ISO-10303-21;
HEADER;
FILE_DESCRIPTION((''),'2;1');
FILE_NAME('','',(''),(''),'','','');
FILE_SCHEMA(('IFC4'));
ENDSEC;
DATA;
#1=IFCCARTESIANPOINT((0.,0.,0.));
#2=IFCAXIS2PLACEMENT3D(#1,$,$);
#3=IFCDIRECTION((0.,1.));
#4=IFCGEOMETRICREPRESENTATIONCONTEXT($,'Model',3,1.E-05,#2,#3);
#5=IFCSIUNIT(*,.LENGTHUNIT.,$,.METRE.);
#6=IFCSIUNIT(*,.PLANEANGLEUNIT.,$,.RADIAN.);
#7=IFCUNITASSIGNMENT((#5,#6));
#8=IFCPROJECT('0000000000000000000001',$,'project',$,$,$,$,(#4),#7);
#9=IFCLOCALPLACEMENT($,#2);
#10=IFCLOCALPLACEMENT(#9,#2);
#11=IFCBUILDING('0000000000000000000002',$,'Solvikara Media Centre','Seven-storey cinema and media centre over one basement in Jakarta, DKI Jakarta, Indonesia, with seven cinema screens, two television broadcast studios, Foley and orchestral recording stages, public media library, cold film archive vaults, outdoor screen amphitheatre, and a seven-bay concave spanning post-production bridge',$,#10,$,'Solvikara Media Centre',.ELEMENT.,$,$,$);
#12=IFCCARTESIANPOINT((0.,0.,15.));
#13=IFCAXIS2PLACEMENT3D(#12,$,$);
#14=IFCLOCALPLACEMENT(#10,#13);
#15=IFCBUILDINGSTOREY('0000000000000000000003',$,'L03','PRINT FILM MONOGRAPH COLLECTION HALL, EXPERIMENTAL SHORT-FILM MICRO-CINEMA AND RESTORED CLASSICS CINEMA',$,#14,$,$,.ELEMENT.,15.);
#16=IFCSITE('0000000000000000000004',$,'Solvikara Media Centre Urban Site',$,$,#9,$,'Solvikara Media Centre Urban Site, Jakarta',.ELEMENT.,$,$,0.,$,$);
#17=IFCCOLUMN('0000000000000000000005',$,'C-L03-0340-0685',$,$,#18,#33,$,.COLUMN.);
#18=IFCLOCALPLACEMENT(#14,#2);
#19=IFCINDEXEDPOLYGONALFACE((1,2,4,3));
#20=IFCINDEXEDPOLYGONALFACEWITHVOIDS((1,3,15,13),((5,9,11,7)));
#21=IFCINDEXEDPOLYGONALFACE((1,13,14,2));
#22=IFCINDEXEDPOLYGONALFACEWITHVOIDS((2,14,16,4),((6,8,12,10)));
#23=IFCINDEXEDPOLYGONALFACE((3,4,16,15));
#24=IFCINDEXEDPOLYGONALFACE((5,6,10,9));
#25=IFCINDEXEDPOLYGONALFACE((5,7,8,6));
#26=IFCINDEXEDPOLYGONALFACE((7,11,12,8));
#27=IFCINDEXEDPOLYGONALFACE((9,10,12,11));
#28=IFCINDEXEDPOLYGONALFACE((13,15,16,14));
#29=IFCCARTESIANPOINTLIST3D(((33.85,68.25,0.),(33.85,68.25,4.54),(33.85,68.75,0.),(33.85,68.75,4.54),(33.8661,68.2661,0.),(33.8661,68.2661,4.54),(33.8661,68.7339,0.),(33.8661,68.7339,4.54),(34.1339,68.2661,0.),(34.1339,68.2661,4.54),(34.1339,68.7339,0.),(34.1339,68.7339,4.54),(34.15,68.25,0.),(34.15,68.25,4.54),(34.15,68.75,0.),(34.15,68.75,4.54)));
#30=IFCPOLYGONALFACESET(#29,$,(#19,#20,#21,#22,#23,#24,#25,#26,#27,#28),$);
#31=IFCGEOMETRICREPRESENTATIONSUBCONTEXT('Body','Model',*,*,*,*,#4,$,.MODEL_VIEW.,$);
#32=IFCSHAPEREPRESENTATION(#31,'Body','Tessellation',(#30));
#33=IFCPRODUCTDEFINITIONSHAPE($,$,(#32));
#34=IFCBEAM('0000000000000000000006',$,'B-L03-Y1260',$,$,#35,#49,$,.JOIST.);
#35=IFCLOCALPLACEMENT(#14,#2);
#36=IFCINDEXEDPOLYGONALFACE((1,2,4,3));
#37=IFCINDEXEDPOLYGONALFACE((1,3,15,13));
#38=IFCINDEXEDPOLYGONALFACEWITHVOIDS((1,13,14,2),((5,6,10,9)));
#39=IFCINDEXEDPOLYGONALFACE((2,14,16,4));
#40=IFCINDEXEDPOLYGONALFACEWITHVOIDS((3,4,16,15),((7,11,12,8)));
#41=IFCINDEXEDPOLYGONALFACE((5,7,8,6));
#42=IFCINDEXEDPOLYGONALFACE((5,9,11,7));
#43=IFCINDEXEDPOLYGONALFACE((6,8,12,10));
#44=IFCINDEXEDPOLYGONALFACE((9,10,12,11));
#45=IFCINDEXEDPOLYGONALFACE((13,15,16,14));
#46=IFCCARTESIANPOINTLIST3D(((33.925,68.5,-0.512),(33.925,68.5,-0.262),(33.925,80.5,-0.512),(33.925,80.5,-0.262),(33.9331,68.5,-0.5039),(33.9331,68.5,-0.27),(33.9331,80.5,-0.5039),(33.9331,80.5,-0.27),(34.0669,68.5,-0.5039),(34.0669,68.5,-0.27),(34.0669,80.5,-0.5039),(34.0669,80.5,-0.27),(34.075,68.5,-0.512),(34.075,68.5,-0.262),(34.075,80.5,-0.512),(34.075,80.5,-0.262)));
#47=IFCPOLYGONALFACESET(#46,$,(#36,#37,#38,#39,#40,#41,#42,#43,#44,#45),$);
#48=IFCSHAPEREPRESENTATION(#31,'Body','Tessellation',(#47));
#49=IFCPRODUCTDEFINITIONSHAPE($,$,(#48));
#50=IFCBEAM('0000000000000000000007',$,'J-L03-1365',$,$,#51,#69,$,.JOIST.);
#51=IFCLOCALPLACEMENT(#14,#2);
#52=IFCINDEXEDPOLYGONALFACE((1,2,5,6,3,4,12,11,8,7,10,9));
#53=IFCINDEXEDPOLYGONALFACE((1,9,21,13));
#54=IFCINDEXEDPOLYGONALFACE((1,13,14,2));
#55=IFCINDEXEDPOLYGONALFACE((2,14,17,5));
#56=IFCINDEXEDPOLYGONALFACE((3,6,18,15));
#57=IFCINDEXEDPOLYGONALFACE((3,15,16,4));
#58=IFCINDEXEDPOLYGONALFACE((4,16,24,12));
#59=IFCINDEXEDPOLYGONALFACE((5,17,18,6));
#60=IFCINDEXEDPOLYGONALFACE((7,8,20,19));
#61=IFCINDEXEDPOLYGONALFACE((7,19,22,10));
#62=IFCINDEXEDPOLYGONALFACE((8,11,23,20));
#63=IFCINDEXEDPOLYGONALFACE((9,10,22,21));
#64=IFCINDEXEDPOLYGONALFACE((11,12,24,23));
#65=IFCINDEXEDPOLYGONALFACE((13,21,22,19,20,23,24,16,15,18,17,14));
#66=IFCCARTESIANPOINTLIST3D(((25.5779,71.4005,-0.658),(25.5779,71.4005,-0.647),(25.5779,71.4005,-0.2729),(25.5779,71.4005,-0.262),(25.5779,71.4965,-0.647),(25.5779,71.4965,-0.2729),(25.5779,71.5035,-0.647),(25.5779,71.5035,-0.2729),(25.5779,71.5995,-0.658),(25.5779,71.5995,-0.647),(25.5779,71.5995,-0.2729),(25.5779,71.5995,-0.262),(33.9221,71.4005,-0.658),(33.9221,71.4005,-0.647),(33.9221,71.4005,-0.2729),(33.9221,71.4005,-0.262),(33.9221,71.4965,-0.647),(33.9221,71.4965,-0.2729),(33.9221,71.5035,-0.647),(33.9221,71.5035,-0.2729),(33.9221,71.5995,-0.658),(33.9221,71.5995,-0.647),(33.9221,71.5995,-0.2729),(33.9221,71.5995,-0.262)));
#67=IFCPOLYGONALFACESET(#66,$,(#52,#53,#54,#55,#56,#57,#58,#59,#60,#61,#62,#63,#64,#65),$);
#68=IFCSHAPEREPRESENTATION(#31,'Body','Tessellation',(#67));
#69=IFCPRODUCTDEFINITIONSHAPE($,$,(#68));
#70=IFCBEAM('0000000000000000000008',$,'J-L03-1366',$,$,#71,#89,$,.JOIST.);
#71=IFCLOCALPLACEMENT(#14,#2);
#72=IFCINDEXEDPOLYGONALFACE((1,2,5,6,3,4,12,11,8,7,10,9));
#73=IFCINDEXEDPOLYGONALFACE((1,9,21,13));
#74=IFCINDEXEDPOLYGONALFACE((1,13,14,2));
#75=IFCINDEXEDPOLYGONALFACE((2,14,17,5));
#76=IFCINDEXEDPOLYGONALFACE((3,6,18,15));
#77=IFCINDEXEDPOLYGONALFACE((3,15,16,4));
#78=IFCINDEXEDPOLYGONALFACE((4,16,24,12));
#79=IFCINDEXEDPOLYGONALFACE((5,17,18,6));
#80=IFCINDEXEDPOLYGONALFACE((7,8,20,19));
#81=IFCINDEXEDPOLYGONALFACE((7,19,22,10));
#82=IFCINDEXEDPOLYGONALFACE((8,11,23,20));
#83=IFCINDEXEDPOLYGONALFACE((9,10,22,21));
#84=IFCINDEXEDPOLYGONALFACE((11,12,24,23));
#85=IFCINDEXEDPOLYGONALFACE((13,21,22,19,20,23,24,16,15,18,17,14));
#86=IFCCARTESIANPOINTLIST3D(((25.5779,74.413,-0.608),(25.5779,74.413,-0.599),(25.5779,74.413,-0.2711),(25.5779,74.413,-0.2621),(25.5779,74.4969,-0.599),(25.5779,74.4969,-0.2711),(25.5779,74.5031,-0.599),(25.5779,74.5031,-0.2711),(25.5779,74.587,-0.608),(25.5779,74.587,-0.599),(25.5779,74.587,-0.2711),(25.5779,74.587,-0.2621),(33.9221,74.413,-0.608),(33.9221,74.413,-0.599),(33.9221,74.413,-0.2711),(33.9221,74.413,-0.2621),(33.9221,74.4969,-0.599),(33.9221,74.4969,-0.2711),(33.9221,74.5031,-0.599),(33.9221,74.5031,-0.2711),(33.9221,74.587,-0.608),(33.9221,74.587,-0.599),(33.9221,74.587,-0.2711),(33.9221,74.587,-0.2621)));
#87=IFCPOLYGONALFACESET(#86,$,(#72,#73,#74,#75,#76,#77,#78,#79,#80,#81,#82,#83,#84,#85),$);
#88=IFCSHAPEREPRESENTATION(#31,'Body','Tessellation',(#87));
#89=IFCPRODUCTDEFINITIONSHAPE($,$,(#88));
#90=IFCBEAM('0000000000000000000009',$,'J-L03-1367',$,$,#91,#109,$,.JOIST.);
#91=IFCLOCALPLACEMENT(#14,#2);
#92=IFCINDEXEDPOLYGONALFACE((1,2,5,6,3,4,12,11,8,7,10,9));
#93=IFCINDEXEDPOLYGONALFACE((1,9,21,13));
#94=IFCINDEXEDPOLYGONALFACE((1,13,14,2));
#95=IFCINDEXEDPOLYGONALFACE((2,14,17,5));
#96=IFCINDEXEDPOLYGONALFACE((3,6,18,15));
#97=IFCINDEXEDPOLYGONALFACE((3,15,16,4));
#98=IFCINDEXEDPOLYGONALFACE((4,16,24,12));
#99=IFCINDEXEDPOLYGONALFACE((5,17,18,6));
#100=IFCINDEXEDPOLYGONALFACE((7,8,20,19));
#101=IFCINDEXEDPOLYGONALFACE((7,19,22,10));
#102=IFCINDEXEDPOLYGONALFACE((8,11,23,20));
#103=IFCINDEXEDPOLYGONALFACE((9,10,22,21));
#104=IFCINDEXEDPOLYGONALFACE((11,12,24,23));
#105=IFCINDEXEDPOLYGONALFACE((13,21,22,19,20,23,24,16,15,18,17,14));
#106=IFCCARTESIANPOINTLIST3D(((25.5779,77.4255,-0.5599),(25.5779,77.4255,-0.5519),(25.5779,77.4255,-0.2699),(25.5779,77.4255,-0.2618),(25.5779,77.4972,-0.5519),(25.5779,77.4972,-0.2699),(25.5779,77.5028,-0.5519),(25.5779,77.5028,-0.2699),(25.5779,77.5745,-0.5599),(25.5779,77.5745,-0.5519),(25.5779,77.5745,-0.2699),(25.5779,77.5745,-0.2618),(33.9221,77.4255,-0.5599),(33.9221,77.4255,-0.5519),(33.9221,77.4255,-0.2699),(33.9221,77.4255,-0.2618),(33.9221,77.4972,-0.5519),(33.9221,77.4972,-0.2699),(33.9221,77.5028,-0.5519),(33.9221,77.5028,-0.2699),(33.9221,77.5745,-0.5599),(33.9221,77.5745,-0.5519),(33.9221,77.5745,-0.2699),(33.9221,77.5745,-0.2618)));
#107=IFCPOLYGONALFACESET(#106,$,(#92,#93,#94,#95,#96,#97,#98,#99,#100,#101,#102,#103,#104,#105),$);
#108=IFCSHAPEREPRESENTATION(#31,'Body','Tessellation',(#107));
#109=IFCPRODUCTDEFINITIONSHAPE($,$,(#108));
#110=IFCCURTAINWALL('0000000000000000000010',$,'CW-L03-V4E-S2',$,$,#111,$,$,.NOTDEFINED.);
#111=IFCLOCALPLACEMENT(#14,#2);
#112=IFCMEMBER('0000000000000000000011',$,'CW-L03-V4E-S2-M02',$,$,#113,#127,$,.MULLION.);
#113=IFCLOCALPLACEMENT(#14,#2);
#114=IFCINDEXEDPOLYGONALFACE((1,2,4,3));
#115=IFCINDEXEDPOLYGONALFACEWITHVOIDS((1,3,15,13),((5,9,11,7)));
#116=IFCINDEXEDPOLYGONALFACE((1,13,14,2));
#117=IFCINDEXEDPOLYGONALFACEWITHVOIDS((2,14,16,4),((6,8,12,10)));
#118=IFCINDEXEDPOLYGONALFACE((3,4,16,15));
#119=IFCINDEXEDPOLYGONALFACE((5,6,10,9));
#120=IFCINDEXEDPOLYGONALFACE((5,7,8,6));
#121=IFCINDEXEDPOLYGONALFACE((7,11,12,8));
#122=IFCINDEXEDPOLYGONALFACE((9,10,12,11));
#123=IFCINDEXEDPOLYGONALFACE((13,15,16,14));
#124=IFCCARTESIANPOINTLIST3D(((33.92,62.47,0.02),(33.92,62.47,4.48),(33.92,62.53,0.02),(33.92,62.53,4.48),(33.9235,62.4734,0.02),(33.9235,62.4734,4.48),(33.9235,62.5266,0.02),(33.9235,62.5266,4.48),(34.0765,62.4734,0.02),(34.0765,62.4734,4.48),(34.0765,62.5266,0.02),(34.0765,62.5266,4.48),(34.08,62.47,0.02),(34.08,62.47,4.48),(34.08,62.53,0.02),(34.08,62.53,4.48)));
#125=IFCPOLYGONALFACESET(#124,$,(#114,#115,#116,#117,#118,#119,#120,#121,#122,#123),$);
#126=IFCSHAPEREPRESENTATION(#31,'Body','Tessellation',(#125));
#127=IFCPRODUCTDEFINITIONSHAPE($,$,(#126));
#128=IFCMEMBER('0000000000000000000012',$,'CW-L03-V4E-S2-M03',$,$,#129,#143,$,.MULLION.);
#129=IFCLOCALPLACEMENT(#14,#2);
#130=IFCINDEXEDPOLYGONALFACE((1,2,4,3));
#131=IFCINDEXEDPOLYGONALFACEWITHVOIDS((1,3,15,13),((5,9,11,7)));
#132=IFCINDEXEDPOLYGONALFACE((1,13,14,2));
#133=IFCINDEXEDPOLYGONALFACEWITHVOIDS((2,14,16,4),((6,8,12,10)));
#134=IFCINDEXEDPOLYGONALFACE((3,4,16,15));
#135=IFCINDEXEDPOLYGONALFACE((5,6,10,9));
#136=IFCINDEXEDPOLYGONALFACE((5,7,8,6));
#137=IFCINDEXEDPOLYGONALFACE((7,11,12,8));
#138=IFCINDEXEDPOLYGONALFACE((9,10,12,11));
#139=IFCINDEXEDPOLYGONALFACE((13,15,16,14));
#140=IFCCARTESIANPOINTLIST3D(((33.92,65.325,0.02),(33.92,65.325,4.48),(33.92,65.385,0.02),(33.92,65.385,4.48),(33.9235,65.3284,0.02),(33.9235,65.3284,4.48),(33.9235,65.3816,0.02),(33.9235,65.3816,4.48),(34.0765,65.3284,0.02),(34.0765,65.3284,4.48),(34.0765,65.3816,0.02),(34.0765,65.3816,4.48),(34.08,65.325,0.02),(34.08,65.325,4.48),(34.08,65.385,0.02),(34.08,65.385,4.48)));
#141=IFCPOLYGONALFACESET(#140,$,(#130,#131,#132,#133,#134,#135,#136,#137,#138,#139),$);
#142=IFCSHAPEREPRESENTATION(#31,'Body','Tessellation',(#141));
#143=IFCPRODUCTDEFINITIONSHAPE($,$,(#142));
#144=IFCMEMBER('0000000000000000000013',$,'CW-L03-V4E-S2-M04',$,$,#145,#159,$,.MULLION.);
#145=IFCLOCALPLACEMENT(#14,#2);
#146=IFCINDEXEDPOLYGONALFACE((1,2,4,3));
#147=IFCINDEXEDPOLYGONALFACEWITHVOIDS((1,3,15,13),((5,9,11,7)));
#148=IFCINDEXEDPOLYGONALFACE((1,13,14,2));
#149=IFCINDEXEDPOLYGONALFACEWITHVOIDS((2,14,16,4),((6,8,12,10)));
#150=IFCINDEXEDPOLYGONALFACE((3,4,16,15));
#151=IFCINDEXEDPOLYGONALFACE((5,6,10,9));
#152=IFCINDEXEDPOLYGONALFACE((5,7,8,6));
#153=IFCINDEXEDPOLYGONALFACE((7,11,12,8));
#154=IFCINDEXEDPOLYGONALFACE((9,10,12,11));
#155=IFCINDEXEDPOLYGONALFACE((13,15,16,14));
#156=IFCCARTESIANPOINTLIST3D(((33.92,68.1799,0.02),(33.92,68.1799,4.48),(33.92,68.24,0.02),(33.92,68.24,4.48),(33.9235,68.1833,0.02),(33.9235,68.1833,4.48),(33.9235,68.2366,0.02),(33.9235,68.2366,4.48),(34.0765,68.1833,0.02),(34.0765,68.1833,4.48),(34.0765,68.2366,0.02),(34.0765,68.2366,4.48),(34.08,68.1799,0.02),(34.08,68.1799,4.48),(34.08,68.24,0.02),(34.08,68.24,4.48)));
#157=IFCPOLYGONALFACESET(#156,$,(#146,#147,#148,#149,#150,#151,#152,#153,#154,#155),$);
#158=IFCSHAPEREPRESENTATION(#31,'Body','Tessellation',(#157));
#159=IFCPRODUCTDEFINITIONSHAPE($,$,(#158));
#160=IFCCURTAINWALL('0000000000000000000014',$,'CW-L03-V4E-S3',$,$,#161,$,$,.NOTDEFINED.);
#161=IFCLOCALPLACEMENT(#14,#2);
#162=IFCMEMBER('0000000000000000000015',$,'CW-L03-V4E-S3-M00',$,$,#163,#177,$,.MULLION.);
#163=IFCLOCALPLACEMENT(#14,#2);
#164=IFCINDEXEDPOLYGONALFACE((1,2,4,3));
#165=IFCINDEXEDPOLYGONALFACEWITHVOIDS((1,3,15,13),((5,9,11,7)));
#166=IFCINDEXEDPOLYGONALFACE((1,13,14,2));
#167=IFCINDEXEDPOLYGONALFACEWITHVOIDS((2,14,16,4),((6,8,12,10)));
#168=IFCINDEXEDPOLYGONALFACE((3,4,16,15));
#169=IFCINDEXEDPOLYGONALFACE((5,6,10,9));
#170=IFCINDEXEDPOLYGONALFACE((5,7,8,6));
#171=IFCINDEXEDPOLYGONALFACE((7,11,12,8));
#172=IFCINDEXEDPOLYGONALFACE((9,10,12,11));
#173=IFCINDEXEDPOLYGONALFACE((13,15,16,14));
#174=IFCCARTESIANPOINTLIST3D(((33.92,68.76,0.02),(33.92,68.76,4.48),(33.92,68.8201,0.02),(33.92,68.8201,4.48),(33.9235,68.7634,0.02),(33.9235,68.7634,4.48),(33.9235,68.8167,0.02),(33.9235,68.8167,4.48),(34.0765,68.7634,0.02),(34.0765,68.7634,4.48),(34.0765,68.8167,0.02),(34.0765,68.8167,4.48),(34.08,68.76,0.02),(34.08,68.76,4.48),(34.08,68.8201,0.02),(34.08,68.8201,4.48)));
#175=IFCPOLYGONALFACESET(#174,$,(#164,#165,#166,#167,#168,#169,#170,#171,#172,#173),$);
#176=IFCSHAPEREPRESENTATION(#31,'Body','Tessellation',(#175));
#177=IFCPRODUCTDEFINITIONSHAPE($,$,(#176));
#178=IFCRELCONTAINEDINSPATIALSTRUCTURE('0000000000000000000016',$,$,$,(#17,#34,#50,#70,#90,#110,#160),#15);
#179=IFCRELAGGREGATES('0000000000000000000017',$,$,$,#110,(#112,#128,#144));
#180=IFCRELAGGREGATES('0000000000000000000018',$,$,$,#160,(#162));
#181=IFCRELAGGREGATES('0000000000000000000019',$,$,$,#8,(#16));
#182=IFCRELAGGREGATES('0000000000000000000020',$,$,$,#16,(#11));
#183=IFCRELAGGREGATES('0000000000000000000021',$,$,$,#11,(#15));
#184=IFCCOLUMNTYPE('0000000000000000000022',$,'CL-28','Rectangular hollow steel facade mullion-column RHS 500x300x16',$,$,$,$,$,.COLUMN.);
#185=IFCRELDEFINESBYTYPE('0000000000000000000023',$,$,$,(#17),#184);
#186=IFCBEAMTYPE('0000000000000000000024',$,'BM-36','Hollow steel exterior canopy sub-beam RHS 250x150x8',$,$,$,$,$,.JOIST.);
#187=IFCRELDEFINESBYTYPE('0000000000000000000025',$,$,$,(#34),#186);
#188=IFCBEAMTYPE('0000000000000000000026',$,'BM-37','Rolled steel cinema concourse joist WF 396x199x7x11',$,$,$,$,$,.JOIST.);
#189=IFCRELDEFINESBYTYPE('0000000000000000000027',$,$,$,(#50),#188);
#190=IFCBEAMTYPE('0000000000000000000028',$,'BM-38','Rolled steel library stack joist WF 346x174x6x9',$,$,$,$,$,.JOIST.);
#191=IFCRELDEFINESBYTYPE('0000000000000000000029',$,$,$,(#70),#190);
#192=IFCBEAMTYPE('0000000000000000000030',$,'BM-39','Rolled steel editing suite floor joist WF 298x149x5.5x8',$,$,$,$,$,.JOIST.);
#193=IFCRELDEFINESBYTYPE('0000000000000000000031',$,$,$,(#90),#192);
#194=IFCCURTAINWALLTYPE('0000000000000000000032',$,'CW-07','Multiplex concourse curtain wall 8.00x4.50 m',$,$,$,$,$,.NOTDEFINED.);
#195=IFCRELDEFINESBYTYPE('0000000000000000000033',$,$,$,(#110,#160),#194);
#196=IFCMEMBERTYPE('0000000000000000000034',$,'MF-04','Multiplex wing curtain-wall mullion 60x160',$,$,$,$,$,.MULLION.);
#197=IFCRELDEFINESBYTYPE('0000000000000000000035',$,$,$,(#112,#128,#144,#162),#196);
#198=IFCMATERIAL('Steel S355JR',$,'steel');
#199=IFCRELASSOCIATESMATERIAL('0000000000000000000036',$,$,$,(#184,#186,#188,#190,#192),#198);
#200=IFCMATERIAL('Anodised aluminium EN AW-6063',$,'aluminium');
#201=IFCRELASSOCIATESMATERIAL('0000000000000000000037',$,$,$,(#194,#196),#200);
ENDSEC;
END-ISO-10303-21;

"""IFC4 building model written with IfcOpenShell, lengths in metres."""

from ifc_helpers import new_model, si_unit, direction, frame, origin, origin_2d, place, context, subcontext, project, spatial, hollow_rectangle, i_section, extrude, material, material_profile, profile_set, type_object, element, aggregate, save


model = new_model("IFC4")

# Units and contexts
model_context = context("Model", 3, precision=1e-05, world=origin(), true_north=direction((0.0, 1.0)))
body_context = subcontext(model_context, "Body", "Model", "MODEL_VIEW")
ifc_project = project(units=[si_unit("LENGTHUNIT", "METRE"), si_unit("PLANEANGLEUNIT", "RADIAN")], contexts=[model_context])

# Site, building, storey
site_placement = place(None, origin())
site = spatial("IfcSite", under=ifc_project, at=site_placement, Name="Solvikara Media Centre Urban Site", LongName="Solvikara Media Centre Urban Site, Jakarta", CompositionType="ELEMENT", RefElevation=0.0)
building_placement = place(site_placement, origin())
building = spatial("IfcBuilding", under=site, at=building_placement, Name="Solvikara Media Centre", Description="Seven-storey cinema and media centre over one basement in Jakarta, DKI Jakarta, Indonesia, with seven cinema screens, two television broadcast studios, Foley and orchestral recording stages, public media library, cold film archive vaults, outdoor screen amphitheatre, and a seven-bay concave spanning post-production bridge", LongName="Solvikara Media Centre", CompositionType="ELEMENT")
storey_placement = place(building_placement, frame((0.0, 0.0, 15.0)))
storey = spatial("IfcBuildingStorey", under=building, at=storey_placement, Name="L03", Description="PRINT FILM MONOGRAPH COLLECTION HALL, EXPERIMENTAL SHORT-FILM MICRO-CINEMA AND RESTORED CLASSICS CINEMA", CompositionType="ELEMENT", Elevation=15.0)

# Column
ifc_material_1 = material(Name="Steel S355JR", Category="steel")
ifc_material_profile_1 = material_profile(ifc_material_1, hollow_rectangle(XDim=0.3, YDim=0.5, WallThickness=0.0161, at=origin_2d()), Name="RHS 500x300x16")
ifc_profile_set_1 = profile_set([ifc_material_profile_1], Name="Steel S355JR")
column_type = type_object("IfcColumnType", Name="CL-28", Description="Rectangular hollow steel facade mullion-column RHS 500x300x16", PredefinedType="COLUMN", material=ifc_profile_set_1)
column_placement = place(storey_placement, frame((34.0, 68.5, 0.0), z_axis=(0.0, 0.0, 1.0), x_axis=(1.0, 0.0, 0.0)))
element("IfcColumn", 1, at=column_placement, inside=storey, type_object=column_type, Name="C-L03-0340-0685", PredefinedType="COLUMN", context=body_context, shape_type="SweptSolid", body=[
    extrude(hollow_rectangle(XDim=0.3, YDim=0.5, WallThickness=0.0161, at=origin_2d()), origin(), (0.0, 0.0, 1.0), 4.54),
])

# Beams
ifc_material_profile_2 = material_profile(ifc_material_1, hollow_rectangle(XDim=0.1499, YDim=0.25, WallThickness=0.0081, at=origin_2d()), Name="RHS 250x150x8")
ifc_profile_set_2 = profile_set([ifc_material_profile_2], Name="Steel S355JR")
beam_type_1 = type_object("IfcBeamType", Name="BM-36", Description="Hollow steel exterior canopy sub-beam RHS 250x150x8", PredefinedType="JOIST", material=ifc_profile_set_2)
beam_1_placement = place(storey_placement, frame((34.0, 68.5, -0.387), z_axis=(0.0, 1.0, 0.0), x_axis=(-1.0, 0.0, 0.0)))
element("IfcBeam", 2, at=beam_1_placement, inside=storey, type_object=beam_type_1, Name="B-L03-Y1260", PredefinedType="JOIST", context=body_context, shape_type="SweptSolid", body=[
    extrude(hollow_rectangle(XDim=0.1499, YDim=0.25, WallThickness=0.0081, at=origin_2d()), origin(), (0.0, 0.0, 1.0), 12.0),
])
ifc_material_profile_3 = material_profile(ifc_material_1, i_section(OverallWidth=0.199, OverallDepth=0.396, WebThickness=0.0071, FlangeThickness=0.011, at=origin_2d()), Name="WF 396x199x7x11")
ifc_profile_set_3 = profile_set([ifc_material_profile_3], Name="Steel S355JR")
beam_type_2 = type_object("IfcBeamType", Name="BM-37", Description="Rolled steel cinema concourse joist WF 396x199x7x11", PredefinedType="JOIST", material=ifc_profile_set_3)
beam_2_placement = place(storey_placement, frame((25.5779, 71.5, -0.46), z_axis=(1.0, 0.0, 0.0), x_axis=(0.0, 1.0, 0.0)))
element("IfcBeam", 3, at=beam_2_placement, inside=storey, type_object=beam_type_2, Name="J-L03-1365", PredefinedType="JOIST", context=body_context, shape_type="SweptSolid", body=[
    extrude(i_section(OverallWidth=0.199, OverallDepth=0.396, WebThickness=0.0071, FlangeThickness=0.011, at=origin_2d()), origin(), (0.0, 0.0, 1.0), 8.3442),
])
ifc_material_profile_4 = material_profile(ifc_material_1, i_section(OverallWidth=0.1741, OverallDepth=0.3459, WebThickness=0.0061, FlangeThickness=0.009, at=origin_2d()), Name="WF 346x174x6x9")
ifc_profile_set_4 = profile_set([ifc_material_profile_4], Name="Steel S355JR")
beam_type_3 = type_object("IfcBeamType", Name="BM-38", Description="Rolled steel library stack joist WF 346x174x6x9", PredefinedType="JOIST", material=ifc_profile_set_4)
beam_3_placement = place(storey_placement, frame((25.5779, 74.5, -0.4351), z_axis=(1.0, 0.0, 0.0), x_axis=(0.0, 1.0, 0.0)))
element("IfcBeam", 4, at=beam_3_placement, inside=storey, type_object=beam_type_3, Name="J-L03-1366", PredefinedType="JOIST", context=body_context, shape_type="SweptSolid", body=[
    extrude(i_section(OverallWidth=0.1741, OverallDepth=0.3459, WebThickness=0.0061, FlangeThickness=0.009, at=origin_2d()), origin(), (0.0, 0.0, 1.0), 8.3442),
])
ifc_material_profile_5 = material_profile(ifc_material_1, i_section(OverallWidth=0.1489, OverallDepth=0.2981, WebThickness=0.0056, FlangeThickness=0.0081, at=origin_2d()), Name="WF 298x149x5.5x8")
ifc_profile_set_5 = profile_set([ifc_material_profile_5], Name="Steel S355JR")
beam_type_4 = type_object("IfcBeamType", Name="BM-39", Description="Rolled steel editing suite floor joist WF 298x149x5.5x8", PredefinedType="JOIST", material=ifc_profile_set_5)
beam_4_placement = place(storey_placement, frame((25.5779, 77.5, -0.4109), z_axis=(1.0, 0.0, 0.0), x_axis=(0.0, 1.0, 0.0)))
element("IfcBeam", 5, at=beam_4_placement, inside=storey, type_object=beam_type_4, Name="J-L03-1367", PredefinedType="JOIST", context=body_context, shape_type="SweptSolid", body=[
    extrude(i_section(OverallWidth=0.1489, OverallDepth=0.2981, WebThickness=0.0056, FlangeThickness=0.0081, at=origin_2d()), origin(), (0.0, 0.0, 1.0), 8.3442),
])

# Curtain walls, members
ifc_material_2 = material(Name="Anodised aluminium EN AW-6063", Category="aluminium")
curtain_wall_type = type_object("IfcCurtainWallType", Name="CW-07", Description="Multiplex concourse curtain wall 8.00x4.50 m", PredefinedType="NOTDEFINED", material=ifc_material_2)
curtain_wall_1_placement = place(storey_placement, origin())
curtain_wall_1 = element("IfcCurtainWall", 6, at=curtain_wall_1_placement, inside=storey, type_object=curtain_wall_type, Name="CW-L03-V4E-S2", PredefinedType="NOTDEFINED")
ifc_material_profile_6 = material_profile(ifc_material_2, hollow_rectangle(XDim=0.0601, YDim=0.1599, WallThickness=0.0034, at=origin_2d()), Name="ALU-M 60x160x3.5")
ifc_profile_set_6 = profile_set([ifc_material_profile_6], Name="Anodised aluminium EN AW-6063")
member_type_1 = type_object("IfcMemberType", Name="MF-04", Description="Multiplex wing curtain-wall mullion 60x160", PredefinedType="MULLION", material=ifc_profile_set_6)
member_1_placement = place(storey_placement, frame((34.0, 62.5, 0.02), z_axis=(0.0, 0.0, 1.0), x_axis=(0.0, 1.0, 0.0)))
member_1 = element("IfcMember", 7, at=member_1_placement, type_object=member_type_1, Name="CW-L03-V4E-S2-M02", PredefinedType="MULLION", context=body_context, shape_type="SweptSolid", body=[
    extrude(hollow_rectangle(XDim=0.0601, YDim=0.1599, WallThickness=0.0034, at=origin_2d()), origin(), (0.0, 0.0, 1.0), 4.46),
])
member_2_placement = place(storey_placement, frame((34.0, 65.355, 0.02), z_axis=(0.0, 0.0, 1.0), x_axis=(0.0, 1.0, 0.0)))
member_2 = element("IfcMember", 8, at=member_2_placement, type_object=member_type_1, Name="CW-L03-V4E-S2-M03", PredefinedType="MULLION", context=body_context, shape_type="SweptSolid", body=[
    extrude(hollow_rectangle(XDim=0.0601, YDim=0.1599, WallThickness=0.0034, at=origin_2d()), origin(), (0.0, 0.0, 1.0), 4.46),
])
member_3_placement = place(storey_placement, frame((34.0, 68.21, 0.02), z_axis=(0.0, 0.0, 1.0), x_axis=(0.0, 1.0, 0.0)))
member_3 = element("IfcMember", 9, at=member_3_placement, type_object=member_type_1, Name="CW-L03-V4E-S2-M04", PredefinedType="MULLION", context=body_context, shape_type="SweptSolid", body=[
    extrude(hollow_rectangle(XDim=0.0601, YDim=0.1599, WallThickness=0.0034, at=origin_2d()), origin(), (0.0, 0.0, 1.0), 4.46),
])
curtain_wall_2_placement = place(storey_placement, origin())
curtain_wall_2 = element("IfcCurtainWall", 10, at=curtain_wall_2_placement, inside=storey, type_object=curtain_wall_type, Name="CW-L03-V4E-S3", PredefinedType="NOTDEFINED")
member_4_placement = place(storey_placement, frame((34.0, 68.79, 0.02), z_axis=(0.0, 0.0, 1.0), x_axis=(0.0, 1.0, 0.0)))
member_4 = element("IfcMember", 11, at=member_4_placement, type_object=member_type_1, Name="CW-L03-V4E-S3-M00", PredefinedType="MULLION", context=body_context, shape_type="SweptSolid", body=[
    extrude(hollow_rectangle(XDim=0.0601, YDim=0.1599, WallThickness=0.0034, at=origin_2d()), origin(), (0.0, 0.0, 1.0), 4.46),
])

aggregate(curtain_wall_1, [member_1, member_2, member_3])
aggregate(curtain_wall_2, [member_4])

save(model, "model.ifc")
